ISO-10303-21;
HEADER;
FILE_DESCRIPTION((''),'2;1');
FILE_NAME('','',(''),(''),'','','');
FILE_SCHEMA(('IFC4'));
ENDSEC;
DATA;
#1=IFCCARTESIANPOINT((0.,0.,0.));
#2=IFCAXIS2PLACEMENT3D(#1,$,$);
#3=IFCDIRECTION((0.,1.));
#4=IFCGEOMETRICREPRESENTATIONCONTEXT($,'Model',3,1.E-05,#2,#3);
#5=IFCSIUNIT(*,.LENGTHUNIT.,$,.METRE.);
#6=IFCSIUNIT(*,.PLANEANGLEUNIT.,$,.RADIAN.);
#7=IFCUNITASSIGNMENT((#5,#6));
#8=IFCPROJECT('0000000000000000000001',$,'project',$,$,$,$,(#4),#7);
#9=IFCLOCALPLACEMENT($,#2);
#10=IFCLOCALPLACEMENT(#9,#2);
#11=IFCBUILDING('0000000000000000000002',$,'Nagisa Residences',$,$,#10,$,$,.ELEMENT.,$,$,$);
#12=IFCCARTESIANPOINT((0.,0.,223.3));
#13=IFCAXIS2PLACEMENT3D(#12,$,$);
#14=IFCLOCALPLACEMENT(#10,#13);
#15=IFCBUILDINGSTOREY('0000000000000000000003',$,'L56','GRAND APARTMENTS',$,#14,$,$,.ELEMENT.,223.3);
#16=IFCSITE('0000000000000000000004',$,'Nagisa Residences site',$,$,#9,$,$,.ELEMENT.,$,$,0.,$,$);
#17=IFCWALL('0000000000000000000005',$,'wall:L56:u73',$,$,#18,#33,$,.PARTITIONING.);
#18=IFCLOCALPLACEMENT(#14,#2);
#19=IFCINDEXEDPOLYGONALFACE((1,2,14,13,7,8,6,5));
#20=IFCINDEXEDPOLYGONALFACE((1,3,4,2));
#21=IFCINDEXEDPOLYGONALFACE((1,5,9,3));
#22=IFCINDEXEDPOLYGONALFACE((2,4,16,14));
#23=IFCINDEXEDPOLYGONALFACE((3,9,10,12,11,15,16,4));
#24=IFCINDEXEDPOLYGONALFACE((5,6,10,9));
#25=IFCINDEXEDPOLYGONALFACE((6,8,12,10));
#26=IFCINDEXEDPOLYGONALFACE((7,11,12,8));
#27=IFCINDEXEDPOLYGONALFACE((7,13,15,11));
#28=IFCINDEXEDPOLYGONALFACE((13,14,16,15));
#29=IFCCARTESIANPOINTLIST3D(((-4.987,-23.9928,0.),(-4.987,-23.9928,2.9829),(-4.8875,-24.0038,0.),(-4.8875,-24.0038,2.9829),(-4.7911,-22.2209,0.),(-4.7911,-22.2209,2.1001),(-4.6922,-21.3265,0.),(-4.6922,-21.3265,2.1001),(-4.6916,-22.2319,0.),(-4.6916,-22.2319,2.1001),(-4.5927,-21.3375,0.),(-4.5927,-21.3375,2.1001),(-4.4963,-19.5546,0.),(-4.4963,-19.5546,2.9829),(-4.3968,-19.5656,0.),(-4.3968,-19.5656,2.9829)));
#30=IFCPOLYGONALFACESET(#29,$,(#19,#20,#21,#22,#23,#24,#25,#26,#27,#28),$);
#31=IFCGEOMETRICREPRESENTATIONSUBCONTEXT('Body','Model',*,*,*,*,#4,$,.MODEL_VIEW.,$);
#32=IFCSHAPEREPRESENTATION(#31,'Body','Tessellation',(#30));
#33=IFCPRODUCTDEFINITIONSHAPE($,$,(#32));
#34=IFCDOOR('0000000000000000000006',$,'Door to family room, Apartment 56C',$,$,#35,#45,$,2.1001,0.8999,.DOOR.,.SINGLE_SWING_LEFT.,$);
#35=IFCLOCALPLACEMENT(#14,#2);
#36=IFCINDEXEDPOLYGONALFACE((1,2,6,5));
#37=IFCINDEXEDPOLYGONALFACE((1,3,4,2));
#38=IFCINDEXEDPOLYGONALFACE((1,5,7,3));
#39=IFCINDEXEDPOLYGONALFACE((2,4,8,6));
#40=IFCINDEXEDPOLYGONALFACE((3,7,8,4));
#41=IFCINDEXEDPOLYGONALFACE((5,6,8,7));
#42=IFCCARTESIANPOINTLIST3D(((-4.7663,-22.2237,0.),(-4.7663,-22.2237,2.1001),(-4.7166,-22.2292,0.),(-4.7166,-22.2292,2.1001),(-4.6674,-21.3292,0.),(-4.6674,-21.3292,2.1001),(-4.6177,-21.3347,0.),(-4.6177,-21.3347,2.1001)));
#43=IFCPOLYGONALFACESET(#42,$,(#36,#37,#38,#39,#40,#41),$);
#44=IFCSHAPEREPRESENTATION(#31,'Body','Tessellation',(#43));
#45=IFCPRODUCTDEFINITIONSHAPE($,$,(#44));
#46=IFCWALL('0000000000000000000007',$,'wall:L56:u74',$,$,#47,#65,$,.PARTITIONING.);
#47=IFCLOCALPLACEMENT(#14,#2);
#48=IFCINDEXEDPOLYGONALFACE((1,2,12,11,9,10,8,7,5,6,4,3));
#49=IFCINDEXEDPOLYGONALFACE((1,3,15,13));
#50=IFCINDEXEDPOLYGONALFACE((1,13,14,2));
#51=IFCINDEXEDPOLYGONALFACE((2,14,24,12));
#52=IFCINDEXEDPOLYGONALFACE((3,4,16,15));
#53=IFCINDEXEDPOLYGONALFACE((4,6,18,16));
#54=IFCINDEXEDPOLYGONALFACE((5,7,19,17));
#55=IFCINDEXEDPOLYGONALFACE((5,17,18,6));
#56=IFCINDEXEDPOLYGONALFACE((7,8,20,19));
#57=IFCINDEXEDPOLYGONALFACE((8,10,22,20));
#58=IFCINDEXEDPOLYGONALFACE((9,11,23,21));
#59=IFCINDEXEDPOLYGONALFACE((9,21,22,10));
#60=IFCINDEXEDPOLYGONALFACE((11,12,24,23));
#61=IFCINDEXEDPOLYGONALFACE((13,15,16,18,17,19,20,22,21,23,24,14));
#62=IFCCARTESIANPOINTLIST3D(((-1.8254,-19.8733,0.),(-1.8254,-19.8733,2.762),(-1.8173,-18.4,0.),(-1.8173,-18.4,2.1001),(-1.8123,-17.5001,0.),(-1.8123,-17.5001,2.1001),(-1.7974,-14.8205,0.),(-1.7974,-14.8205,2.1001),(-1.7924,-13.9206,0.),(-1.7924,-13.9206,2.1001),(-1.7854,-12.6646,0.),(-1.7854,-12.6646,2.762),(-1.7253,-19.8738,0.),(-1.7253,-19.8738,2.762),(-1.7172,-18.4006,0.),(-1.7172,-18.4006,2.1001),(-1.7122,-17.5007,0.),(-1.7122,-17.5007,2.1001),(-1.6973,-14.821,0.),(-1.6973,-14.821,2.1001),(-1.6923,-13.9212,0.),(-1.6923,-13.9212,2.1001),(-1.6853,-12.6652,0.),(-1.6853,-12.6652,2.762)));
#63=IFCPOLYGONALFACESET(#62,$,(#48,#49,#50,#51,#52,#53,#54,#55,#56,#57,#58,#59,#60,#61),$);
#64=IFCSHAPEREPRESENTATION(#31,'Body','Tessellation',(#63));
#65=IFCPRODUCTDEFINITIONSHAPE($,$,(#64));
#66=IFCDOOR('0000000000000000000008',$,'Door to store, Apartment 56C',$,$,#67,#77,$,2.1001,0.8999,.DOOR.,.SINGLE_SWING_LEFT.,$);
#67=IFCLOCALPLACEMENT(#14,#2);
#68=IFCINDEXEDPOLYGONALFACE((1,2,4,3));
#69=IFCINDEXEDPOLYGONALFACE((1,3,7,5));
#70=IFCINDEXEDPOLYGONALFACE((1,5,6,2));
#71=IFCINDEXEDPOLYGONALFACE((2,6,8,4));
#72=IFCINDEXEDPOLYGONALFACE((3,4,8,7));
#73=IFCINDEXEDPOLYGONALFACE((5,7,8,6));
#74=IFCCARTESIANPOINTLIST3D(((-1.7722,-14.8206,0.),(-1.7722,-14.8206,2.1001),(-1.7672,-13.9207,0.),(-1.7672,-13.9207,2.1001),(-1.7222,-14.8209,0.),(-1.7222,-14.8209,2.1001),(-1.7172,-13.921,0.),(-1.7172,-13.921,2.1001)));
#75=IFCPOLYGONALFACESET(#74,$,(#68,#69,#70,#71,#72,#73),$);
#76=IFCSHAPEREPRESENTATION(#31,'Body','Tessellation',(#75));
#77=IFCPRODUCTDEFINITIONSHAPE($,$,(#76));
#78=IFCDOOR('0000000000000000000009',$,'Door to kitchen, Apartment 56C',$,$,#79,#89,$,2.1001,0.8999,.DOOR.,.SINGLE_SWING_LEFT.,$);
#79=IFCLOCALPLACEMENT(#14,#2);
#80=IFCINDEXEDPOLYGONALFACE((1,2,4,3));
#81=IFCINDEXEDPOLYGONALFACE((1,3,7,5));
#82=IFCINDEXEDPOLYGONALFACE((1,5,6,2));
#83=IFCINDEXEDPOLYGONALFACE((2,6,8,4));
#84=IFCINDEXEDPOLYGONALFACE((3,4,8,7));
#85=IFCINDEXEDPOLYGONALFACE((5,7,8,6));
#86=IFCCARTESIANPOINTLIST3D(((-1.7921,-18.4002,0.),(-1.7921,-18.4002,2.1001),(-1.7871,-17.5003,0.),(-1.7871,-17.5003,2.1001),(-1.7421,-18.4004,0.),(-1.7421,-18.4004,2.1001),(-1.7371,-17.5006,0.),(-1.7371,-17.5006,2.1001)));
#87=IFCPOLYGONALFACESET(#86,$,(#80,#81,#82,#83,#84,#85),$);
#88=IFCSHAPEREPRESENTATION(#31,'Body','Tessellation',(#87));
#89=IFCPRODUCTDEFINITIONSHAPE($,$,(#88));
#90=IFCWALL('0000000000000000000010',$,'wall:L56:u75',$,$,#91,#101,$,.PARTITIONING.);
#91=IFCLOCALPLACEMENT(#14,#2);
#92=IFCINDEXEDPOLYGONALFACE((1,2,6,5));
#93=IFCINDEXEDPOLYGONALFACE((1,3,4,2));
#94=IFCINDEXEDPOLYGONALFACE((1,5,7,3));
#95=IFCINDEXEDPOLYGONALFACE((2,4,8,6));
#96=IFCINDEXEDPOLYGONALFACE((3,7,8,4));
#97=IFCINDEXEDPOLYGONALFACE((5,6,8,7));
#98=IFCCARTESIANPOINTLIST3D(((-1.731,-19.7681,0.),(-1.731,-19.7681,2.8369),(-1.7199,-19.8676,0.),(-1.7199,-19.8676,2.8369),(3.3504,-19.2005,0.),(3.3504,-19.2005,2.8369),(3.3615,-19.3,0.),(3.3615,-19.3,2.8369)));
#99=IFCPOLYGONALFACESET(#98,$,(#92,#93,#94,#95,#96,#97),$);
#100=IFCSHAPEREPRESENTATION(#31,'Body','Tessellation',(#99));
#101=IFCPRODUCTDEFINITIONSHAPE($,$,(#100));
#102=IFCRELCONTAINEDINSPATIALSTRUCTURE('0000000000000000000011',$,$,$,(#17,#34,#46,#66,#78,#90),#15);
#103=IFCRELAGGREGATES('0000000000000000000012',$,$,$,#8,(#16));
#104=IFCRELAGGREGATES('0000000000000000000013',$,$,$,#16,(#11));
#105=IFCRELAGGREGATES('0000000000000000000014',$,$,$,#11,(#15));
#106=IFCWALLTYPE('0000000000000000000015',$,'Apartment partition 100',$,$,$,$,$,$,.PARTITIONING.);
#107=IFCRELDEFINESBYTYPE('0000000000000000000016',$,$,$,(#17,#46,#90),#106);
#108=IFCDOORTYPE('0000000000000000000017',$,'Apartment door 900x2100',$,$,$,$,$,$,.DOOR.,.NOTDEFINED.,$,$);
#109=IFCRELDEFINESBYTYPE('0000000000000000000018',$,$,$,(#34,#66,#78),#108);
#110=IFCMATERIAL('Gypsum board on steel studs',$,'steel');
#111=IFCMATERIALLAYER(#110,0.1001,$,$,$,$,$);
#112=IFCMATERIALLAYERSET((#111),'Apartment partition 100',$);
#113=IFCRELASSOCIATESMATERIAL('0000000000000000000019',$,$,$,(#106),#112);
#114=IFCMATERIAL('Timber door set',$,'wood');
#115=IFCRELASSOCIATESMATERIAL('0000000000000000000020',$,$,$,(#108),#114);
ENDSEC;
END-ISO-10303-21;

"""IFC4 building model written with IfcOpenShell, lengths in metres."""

from ifc_helpers import new_model, si_unit, direction, frame, frame_2d, origin, place, context, subcontext, project, spatial, rectangle, extrude, material, layer, layer_set, type_object, element, fill, save


model = new_model("IFC4")

# Units and contexts
model_context = context("Model", 3, precision=1e-05, world=origin(), true_north=direction((0.0, 1.0)))
body_context = subcontext(model_context, "Body", "Model", "MODEL_VIEW")
ifc_project = project(units=[si_unit("LENGTHUNIT", "METRE"), si_unit("PLANEANGLEUNIT", "RADIAN")], contexts=[model_context])

# Site, building, storey
site_placement = place(None, origin())
site = spatial("IfcSite", under=ifc_project, at=site_placement, Name="Nagisa Residences site", CompositionType="ELEMENT", RefElevation=0.0)
building_placement = place(site_placement, origin())
building = spatial("IfcBuilding", under=site, at=building_placement, Name="Nagisa Residences", CompositionType="ELEMENT")
storey_placement = place(building_placement, frame((0.0, 0.0, 223.3)))
storey = spatial("IfcBuildingStorey", under=building, at=storey_placement, Name="L56", Description="GRAND APARTMENTS", CompositionType="ELEMENT", Elevation=223.3)

# Shared definitions
ifc_material_1 = material(Name="Gypsum board on steel studs", Category="steel")
ifc_layer_1 = layer(ifc_material_1, 0.1001)
ifc_layer_set_1 = layer_set([ifc_layer_1], Name="Apartment partition 100")
wall_type_1 = type_object("IfcWallType", Name="Apartment partition 100", PredefinedType="PARTITIONING", material=ifc_layer_set_1)
ifc_material_2 = material(Name="Timber door set", Category="wood")
door_type_1 = type_object("IfcDoorType", Name="Apartment door 900x2100", OperationType="NOTDEFINED", PredefinedType="DOOR", material=ifc_material_2)

# Wall, opening, door
wall_1_placement = place(storey_placement, frame((-4.4465, -19.5601, 0.0), z_axis=(0.0, 0.0, 1.0), x_axis=(-0.109897, -0.993943, 0.0)))
wall_1 = element("IfcWall", 1, at=wall_1_placement, inside=storey, type_object=wall_type_1, Name="wall:L56:u73", PredefinedType="PARTITIONING", context=body_context, shape_type="SweptSolid", body=[
    extrude(rectangle(XDim=4.4653, YDim=0.1001, at=frame_2d((2.2327, 0.0))), origin(), (0.0, 0.0, 1.0), 2.9829),
])
opening_1_placement = place(wall_1_placement, frame((1.7827, 0.0, 0.0)))
opening_1 = element("IfcOpeningElement", 2, at=opening_1_placement, cuts=wall_1, PredefinedType="OPENING", context=body_context, shape_type="SweptSolid", body=[
    extrude(rectangle(XDim=0.8999, YDim=2.1001, at=frame_2d((0.45, 1.05))), frame((0.0, 0.0601, 0.0), z_axis=(0.0, -1.0, 0.0), x_axis=(1.0, 0.0, 0.0)), (0.0, 0.0, 1.0), 0.1201),
])
door_1_placement = place(opening_1_placement, origin())
door_1 = element("IfcDoor", 3, at=door_1_placement, inside=storey, type_object=door_type_1, Name="Door to family room, Apartment 56C", OperationType="SINGLE_SWING_LEFT", OverallHeight=2.1001, OverallWidth=0.8999, PredefinedType="DOOR", context=body_context, shape_type="SweptSolid", body=[
    extrude(rectangle(XDim=0.8999, YDim=2.1001, at=frame_2d((0.45, 1.05))), frame((0.0, 0.0249, 0.0), z_axis=(0.0, -1.0, 0.0), x_axis=(1.0, 0.0, 0.0)), (0.0, 0.0, 1.0), 0.05),
])
fill(opening_1, door_1)

# Wall, openings, doors
wall_2_placement = place(storey_placement, frame((-1.7354, -12.6648, 0.0), z_axis=(0.0, 0.0, 1.0), x_axis=(-0.005554, -0.999985, 0.0)))
wall_2 = element("IfcWall", 4, at=wall_2_placement, inside=storey, type_object=wall_type_1, Name="wall:L56:u74", PredefinedType="PARTITIONING", context=body_context, shape_type="SweptSolid", body=[
    extrude(rectangle(XDim=7.2087, YDim=0.1001, at=frame_2d((3.6045, 0.0))), origin(), (0.0, 0.0, 1.0), 2.762),
])
opening_2_placement = place(wall_2_placement, frame((1.2561, 0.0, 0.0)))
opening_2 = element("IfcOpeningElement", 5, at=opening_2_placement, cuts=wall_2, PredefinedType="OPENING", context=body_context, shape_type="SweptSolid", body=[
    extrude(rectangle(XDim=0.8999, YDim=2.1001, at=frame_2d((0.45, 1.05))), frame((0.0, 0.0601, 0.0), z_axis=(0.0, -1.0, 0.0), x_axis=(1.0, 0.0, 0.0)), (0.0, 0.0, 1.0), 0.1201),
])
opening_3_placement = place(wall_2_placement, frame((4.8357, 0.0, 0.0)))
opening_3 = element("IfcOpeningElement", 6, at=opening_3_placement, cuts=wall_2, PredefinedType="OPENING", context=body_context, shape_type="SweptSolid", body=[
    extrude(rectangle(XDim=0.8999, YDim=2.1001, at=frame_2d((0.45, 1.05))), frame((0.0, 0.0601, 0.0), z_axis=(0.0, -1.0, 0.0), x_axis=(1.0, 0.0, 0.0)), (0.0, 0.0, 1.0), 0.1201),
])
door_2_placement = place(opening_2_placement, frame((0.8999, 0.0, 0.0), x_axis=(-1.0, 0.0, 0.0)))
door_2 = element("IfcDoor", 7, at=door_2_placement, inside=storey, type_object=door_type_1, Name="Door to store, Apartment 56C", OperationType="SINGLE_SWING_LEFT", OverallHeight=2.1001, OverallWidth=0.8999, PredefinedType="DOOR", context=body_context, shape_type="SweptSolid", body=[
    extrude(rectangle(XDim=0.8999, YDim=2.1001, at=frame_2d((0.45, 1.05))), frame((0.0, 0.0249, 0.0), z_axis=(0.0, -1.0, 0.0), x_axis=(1.0, 0.0, 0.0)), (0.0, 0.0, 1.0), 0.05),
])
fill(opening_2, door_2)
door_3_placement = place(opening_3_placement, frame((0.8999, 0.0, 0.0), x_axis=(-1.0, 0.0, 0.0)))
door_3 = element("IfcDoor", 8, at=door_3_placement, inside=storey, type_object=door_type_1, Name="Door to kitchen, Apartment 56C", OperationType="SINGLE_SWING_LEFT", OverallHeight=2.1001, OverallWidth=0.8999, PredefinedType="DOOR", context=body_context, shape_type="SweptSolid", body=[
    extrude(rectangle(XDim=0.8999, YDim=2.1001, at=frame_2d((0.45, 1.05))), frame((0.0, 0.0249, 0.0), z_axis=(0.0, -1.0, 0.0), x_axis=(1.0, 0.0, 0.0)), (0.0, 0.0, 1.0), 0.05),
])
fill(opening_3, door_3)

# Wall
wall_3_placement = place(storey_placement, frame((-1.7256, -19.8179, 0.0), z_axis=(0.0, 0.0, 1.0), x_axis=(0.993819, 0.111013, 0.0)))
element("IfcWall", 9, at=wall_3_placement, inside=storey, type_object=wall_type_1, Name="wall:L56:u75", PredefinedType="PARTITIONING", context=body_context, shape_type="SweptSolid", body=[
    extrude(rectangle(XDim=5.113, YDim=0.1001, at=frame_2d((2.5566, 0.0))), origin(), (0.0, 0.0, 1.0), 2.8369),
])

save(model, "model.ifc")
